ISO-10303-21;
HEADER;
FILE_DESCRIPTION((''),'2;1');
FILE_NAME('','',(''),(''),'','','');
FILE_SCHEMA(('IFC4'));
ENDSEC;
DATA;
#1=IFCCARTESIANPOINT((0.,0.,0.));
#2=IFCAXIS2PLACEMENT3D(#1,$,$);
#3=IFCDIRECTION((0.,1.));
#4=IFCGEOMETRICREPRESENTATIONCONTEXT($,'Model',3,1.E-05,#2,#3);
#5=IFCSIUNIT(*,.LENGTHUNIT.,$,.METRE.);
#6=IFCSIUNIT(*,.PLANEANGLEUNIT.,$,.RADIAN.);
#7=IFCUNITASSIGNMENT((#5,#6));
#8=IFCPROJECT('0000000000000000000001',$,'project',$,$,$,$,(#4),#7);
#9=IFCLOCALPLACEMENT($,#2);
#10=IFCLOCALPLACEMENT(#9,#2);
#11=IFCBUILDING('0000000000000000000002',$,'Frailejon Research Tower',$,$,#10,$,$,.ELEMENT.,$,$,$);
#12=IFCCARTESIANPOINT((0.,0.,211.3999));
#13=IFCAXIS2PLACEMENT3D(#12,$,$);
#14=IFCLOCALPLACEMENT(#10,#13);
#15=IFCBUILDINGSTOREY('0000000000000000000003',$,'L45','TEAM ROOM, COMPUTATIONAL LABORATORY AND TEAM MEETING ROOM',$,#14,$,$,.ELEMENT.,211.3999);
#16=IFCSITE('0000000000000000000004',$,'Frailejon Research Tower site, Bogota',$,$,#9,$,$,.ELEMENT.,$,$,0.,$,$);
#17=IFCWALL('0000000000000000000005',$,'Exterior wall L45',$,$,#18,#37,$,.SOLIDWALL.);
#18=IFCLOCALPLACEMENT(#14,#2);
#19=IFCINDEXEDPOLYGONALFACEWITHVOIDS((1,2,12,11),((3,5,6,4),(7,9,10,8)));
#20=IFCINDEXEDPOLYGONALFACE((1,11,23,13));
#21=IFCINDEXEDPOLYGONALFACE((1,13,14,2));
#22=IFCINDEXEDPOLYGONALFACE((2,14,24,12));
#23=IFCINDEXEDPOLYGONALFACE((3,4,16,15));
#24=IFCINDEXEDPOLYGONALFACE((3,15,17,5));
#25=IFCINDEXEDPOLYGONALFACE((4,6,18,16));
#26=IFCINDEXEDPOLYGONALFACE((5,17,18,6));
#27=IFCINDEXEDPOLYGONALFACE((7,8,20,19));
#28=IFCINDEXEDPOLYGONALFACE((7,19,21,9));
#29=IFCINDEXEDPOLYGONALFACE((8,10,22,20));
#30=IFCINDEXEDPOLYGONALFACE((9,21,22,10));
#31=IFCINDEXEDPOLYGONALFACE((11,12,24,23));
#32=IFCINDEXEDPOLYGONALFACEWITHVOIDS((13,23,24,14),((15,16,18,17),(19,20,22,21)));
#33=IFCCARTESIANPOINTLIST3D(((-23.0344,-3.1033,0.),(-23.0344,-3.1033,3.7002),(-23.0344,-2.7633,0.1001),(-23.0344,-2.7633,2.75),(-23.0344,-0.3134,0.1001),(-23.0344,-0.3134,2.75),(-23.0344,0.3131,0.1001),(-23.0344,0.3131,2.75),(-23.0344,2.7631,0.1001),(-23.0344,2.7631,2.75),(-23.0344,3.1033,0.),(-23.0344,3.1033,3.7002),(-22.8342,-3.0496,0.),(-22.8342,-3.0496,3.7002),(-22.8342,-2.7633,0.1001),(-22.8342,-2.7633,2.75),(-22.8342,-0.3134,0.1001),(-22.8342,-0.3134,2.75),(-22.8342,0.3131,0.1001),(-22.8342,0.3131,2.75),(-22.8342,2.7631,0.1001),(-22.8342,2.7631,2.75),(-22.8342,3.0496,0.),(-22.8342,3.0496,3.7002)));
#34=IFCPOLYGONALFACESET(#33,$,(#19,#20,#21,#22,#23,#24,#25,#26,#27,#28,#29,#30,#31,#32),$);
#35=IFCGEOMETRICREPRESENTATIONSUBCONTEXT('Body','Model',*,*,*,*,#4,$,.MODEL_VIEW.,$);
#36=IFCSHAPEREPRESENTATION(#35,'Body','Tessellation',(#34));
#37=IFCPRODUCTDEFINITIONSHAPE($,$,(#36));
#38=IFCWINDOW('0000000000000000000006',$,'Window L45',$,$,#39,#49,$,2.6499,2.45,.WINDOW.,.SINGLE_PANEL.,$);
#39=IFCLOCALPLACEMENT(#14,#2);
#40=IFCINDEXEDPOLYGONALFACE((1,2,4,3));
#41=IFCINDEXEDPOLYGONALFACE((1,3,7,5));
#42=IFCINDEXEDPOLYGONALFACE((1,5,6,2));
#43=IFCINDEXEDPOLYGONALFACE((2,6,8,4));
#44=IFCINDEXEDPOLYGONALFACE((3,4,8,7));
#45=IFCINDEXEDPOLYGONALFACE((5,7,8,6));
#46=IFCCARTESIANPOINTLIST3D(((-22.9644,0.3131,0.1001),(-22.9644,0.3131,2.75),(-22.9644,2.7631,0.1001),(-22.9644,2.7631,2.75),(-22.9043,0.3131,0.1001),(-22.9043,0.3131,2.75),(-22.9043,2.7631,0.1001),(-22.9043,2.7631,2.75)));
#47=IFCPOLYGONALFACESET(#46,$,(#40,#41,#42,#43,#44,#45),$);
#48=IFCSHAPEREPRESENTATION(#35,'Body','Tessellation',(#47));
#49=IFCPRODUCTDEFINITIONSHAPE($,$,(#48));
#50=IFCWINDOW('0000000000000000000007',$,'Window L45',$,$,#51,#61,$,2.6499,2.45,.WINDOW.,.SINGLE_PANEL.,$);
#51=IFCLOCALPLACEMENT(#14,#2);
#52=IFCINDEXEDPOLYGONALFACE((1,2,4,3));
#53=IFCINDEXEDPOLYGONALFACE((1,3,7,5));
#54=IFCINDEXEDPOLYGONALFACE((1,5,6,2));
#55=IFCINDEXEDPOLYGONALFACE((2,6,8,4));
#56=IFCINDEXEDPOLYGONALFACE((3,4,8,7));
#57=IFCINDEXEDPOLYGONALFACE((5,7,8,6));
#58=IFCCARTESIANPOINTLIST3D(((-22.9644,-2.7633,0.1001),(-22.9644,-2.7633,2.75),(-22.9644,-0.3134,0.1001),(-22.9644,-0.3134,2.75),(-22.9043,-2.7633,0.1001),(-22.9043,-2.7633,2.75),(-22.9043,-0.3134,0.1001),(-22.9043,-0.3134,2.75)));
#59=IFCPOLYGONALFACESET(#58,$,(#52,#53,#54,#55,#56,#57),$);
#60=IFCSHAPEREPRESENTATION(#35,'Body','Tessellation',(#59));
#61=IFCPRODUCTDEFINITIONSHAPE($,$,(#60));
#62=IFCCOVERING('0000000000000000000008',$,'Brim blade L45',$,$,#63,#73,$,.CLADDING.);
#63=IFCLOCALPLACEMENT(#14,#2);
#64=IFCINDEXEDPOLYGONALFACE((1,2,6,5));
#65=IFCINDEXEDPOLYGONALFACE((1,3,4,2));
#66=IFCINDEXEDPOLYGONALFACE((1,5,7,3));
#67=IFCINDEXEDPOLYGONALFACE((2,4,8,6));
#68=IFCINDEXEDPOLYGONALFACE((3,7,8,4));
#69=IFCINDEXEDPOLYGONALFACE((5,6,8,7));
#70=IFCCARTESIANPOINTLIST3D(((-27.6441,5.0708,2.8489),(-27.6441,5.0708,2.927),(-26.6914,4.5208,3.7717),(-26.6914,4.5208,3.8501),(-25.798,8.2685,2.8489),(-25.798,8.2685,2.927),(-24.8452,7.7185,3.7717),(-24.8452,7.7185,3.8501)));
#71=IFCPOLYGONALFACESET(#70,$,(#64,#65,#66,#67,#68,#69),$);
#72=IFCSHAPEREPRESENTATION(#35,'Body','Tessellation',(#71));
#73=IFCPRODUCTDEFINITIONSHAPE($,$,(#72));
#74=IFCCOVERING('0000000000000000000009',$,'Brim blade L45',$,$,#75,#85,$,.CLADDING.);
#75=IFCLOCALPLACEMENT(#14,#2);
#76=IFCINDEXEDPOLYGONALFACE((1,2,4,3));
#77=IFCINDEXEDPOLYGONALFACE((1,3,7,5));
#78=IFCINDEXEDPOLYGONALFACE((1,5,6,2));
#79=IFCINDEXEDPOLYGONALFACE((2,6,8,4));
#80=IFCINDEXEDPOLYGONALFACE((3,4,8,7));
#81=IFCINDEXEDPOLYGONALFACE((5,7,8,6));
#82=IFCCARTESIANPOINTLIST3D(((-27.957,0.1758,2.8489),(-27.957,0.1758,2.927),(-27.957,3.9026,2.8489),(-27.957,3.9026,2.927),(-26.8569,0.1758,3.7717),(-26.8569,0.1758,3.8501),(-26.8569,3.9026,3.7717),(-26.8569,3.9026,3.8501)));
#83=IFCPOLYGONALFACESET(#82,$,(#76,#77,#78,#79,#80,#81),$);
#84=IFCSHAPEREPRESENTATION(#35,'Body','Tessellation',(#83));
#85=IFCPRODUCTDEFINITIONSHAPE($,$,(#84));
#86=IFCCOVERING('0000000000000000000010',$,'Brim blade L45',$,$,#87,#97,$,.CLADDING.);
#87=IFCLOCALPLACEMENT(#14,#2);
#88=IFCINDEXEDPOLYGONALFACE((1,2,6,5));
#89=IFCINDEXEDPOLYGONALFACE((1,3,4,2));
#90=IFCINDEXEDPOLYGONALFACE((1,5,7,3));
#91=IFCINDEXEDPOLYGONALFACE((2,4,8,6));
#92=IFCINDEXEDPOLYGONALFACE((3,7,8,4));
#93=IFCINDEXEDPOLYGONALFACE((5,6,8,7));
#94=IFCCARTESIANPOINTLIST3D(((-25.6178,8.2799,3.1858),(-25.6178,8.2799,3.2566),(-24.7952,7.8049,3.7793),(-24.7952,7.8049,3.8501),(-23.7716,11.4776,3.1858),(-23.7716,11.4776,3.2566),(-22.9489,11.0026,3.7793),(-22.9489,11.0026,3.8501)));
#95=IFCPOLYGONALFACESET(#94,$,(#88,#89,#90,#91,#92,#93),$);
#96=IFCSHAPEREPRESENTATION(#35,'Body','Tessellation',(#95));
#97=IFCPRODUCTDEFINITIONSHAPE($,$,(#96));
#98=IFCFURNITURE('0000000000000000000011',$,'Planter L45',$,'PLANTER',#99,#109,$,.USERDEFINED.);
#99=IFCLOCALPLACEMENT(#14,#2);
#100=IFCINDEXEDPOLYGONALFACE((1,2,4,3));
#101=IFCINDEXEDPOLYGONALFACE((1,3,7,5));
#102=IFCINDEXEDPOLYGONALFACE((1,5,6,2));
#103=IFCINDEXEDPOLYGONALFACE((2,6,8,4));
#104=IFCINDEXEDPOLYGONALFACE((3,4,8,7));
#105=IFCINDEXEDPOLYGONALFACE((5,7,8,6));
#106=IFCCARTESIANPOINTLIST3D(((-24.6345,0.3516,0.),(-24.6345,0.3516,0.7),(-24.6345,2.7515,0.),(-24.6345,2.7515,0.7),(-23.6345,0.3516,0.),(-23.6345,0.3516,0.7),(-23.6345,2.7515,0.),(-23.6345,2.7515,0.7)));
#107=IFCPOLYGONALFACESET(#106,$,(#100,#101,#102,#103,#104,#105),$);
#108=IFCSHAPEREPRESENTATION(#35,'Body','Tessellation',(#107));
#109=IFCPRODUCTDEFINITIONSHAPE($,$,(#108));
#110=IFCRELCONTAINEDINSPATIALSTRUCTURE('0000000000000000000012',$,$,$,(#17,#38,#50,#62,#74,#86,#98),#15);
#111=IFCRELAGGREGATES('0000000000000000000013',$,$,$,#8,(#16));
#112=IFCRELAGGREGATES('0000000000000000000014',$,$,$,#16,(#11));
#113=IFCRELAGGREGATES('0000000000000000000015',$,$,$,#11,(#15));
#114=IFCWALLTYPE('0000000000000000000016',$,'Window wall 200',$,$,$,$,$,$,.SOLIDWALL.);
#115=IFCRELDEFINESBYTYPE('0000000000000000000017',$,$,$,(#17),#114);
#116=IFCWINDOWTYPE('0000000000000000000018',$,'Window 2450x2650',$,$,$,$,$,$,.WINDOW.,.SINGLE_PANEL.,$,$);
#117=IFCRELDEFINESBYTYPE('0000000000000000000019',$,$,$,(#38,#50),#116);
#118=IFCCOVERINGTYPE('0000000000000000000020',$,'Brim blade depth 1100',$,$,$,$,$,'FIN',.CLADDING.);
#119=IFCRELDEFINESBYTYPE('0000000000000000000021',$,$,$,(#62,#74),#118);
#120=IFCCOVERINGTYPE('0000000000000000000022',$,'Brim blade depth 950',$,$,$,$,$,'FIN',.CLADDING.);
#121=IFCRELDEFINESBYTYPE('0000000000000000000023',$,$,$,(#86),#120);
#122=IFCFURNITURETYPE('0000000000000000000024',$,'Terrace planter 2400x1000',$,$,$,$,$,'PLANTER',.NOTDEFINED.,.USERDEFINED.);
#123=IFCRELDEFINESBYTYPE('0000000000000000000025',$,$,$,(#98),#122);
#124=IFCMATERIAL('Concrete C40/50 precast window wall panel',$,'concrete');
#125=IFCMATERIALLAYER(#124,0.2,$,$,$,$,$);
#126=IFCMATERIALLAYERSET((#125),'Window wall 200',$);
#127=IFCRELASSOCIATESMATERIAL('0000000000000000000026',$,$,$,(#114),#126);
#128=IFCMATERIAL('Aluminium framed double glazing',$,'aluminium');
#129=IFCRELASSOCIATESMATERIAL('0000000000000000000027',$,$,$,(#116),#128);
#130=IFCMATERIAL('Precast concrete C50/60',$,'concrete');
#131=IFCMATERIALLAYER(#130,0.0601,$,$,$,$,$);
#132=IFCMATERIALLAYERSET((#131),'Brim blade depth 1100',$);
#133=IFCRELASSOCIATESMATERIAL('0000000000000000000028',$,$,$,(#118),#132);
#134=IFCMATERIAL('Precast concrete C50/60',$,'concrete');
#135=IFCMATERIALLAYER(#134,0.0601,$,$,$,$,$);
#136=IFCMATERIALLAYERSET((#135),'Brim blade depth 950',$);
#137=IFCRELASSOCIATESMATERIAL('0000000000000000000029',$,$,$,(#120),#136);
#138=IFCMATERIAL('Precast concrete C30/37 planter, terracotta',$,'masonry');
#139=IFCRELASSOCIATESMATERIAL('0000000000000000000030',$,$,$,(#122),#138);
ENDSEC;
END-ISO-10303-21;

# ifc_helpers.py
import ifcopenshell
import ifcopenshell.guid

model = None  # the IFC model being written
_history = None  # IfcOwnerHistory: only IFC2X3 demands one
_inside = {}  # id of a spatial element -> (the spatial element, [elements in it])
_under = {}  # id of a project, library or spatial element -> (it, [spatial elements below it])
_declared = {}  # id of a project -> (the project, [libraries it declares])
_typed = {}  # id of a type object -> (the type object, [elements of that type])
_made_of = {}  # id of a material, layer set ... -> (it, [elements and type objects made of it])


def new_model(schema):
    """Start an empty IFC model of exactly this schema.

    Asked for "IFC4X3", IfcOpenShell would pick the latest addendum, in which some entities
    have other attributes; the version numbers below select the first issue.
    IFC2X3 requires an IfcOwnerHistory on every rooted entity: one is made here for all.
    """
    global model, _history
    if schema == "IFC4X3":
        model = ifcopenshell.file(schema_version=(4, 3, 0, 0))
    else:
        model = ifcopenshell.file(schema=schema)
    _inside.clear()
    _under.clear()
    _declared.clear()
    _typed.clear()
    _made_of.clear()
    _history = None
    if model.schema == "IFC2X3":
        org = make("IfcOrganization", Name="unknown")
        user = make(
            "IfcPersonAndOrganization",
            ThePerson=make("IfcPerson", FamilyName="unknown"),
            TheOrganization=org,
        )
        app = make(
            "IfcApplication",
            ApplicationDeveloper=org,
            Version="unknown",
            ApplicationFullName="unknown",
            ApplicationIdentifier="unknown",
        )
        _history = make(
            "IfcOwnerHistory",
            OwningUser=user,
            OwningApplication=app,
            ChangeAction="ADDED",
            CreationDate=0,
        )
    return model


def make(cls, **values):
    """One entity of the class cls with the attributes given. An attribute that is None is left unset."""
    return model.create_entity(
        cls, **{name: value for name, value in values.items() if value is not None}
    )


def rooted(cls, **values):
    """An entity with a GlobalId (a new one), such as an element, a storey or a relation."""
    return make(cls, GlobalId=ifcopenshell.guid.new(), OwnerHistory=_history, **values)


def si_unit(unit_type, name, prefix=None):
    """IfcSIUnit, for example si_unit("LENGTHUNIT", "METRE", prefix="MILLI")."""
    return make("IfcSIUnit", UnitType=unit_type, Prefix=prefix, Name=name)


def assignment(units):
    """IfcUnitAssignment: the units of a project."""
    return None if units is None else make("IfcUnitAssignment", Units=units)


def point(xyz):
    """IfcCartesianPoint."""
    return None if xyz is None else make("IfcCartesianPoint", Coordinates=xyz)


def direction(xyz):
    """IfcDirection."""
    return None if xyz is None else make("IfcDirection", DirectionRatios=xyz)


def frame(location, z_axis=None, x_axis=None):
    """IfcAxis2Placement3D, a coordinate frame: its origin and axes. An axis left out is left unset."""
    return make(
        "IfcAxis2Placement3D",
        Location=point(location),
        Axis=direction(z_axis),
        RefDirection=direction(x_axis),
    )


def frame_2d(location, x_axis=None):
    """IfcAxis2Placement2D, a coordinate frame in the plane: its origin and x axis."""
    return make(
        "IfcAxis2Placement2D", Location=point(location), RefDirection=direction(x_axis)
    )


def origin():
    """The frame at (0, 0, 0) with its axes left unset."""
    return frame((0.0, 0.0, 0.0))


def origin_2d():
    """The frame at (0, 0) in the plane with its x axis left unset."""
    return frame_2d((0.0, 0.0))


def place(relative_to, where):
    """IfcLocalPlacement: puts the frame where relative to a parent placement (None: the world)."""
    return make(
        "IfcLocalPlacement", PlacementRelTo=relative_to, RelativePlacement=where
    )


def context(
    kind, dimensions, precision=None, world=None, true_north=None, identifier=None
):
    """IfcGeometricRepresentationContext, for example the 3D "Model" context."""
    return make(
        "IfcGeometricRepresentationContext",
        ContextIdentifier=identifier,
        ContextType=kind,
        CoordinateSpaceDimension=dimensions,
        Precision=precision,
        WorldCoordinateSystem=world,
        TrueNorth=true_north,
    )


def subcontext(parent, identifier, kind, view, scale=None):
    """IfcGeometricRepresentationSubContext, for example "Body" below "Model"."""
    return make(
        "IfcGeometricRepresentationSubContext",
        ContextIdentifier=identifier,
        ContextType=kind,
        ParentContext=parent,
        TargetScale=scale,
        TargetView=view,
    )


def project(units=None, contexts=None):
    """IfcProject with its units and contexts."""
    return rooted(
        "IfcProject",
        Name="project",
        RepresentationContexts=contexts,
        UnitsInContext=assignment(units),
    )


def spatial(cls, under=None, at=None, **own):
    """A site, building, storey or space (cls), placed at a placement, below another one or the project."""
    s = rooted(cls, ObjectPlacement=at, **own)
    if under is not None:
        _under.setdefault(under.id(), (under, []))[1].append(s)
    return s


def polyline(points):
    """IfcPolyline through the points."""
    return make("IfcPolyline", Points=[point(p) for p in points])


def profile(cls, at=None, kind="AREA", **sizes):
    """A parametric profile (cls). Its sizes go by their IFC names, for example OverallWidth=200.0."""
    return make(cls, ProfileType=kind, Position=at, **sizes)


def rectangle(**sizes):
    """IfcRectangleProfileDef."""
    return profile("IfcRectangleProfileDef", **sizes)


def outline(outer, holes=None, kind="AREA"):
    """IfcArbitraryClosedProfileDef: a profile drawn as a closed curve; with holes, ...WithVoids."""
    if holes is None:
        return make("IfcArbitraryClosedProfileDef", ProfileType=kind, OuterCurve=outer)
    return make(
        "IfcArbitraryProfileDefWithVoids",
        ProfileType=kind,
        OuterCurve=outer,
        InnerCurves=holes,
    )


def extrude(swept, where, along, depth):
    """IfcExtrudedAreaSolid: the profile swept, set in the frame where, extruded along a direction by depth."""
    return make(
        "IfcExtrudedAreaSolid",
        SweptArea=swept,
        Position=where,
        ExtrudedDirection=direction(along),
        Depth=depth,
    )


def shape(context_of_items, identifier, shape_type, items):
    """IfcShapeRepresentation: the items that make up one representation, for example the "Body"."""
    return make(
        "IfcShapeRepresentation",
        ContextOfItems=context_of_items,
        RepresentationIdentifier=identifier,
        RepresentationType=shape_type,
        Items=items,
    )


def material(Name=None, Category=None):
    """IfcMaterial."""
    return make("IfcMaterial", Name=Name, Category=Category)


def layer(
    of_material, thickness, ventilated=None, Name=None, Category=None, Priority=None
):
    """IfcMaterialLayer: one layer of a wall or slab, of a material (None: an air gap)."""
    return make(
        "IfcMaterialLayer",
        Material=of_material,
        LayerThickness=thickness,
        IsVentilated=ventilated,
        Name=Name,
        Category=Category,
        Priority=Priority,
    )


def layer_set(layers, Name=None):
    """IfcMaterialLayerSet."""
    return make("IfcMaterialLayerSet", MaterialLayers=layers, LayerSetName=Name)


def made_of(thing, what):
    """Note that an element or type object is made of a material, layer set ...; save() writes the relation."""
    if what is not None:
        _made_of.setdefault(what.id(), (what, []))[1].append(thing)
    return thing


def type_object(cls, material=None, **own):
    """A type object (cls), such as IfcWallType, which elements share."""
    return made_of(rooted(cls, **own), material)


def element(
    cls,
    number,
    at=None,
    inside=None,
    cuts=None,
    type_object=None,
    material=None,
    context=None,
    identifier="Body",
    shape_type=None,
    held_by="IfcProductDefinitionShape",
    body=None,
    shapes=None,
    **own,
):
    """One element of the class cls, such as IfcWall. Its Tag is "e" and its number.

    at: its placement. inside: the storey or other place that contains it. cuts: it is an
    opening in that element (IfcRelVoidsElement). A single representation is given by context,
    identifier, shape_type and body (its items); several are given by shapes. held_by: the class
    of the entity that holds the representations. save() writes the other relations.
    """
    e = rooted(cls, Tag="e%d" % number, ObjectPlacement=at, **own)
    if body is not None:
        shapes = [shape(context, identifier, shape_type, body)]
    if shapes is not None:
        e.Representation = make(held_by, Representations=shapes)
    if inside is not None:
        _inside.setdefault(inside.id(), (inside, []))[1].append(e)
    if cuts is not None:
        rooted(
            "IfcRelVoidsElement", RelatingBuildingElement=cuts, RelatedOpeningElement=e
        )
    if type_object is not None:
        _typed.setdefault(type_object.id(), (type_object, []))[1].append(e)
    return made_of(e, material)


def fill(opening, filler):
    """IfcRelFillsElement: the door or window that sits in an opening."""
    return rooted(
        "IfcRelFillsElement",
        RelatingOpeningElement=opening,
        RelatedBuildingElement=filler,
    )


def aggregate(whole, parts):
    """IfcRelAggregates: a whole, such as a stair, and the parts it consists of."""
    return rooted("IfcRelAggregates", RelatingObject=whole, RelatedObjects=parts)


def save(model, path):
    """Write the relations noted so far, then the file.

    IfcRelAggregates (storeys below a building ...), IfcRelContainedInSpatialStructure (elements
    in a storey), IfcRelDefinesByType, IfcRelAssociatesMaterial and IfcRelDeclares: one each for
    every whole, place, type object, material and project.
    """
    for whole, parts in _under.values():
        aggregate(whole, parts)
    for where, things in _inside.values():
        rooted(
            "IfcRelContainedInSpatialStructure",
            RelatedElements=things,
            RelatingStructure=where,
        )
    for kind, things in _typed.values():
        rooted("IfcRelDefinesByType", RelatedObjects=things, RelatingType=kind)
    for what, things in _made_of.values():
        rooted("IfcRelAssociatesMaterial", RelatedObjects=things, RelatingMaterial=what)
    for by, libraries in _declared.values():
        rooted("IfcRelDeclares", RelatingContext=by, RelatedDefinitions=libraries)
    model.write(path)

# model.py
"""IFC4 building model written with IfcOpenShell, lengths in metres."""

from ifc_helpers import new_model, si_unit, direction, frame, frame_2d, origin, origin_2d, place, context, subcontext, project, spatial, polyline, rectangle, outline, extrude, material, layer, layer_set, type_object, element, fill, save


model = new_model("IFC4")

# Units and contexts
model_context = context("Model", 3, precision=1e-05, world=origin(), true_north=direction((0.0, 1.0)))
body_context = subcontext(model_context, "Body", "Model", "MODEL_VIEW")
ifc_project = project(units=[si_unit("LENGTHUNIT", "METRE"), si_unit("PLANEANGLEUNIT", "RADIAN")], contexts=[model_context])

# Site, building, storey
site_placement = place(None, origin())
site = spatial("IfcSite", under=ifc_project, at=site_placement, Name="Frailejon Research Tower site, Bogota", CompositionType="ELEMENT", RefElevation=0.0)
building_placement = place(site_placement, origin())
building = spatial("IfcBuilding", under=site, at=building_placement, Name="Frailejon Research Tower", CompositionType="ELEMENT")
storey_placement = place(building_placement, frame((0.0, 0.0, 211.3999)))
storey = spatial("IfcBuildingStorey", under=building, at=storey_placement, Name="L45", Description="TEAM ROOM, COMPUTATIONAL LABORATORY AND TEAM MEETING ROOM", CompositionType="ELEMENT", Elevation=211.3999)

# Wall, openings, windows
ifc_material_1 = material(Name="Concrete C40/50 precast window wall panel", Category="concrete")
ifc_layer_1 = layer(ifc_material_1, 0.2)
ifc_layer_set_1 = layer_set([ifc_layer_1], Name="Window wall 200")
wall_type_1 = type_object("IfcWallType", Name="Window wall 200", PredefinedType="SOLIDWALL", material=ifc_layer_set_1)
wall_1_placement = place(storey_placement, frame((-22.9343, 3.0764, 0.0), z_axis=(0.0, 0.0, 1.0), x_axis=(0.0, -1.0, 0.0)))
wall_1 = element("IfcWall", 1, at=wall_1_placement, inside=storey, type_object=wall_type_1, Name="Exterior wall L45", PredefinedType="SOLIDWALL", context=body_context, shape_type="SweptSolid", body=[
    extrude(outline(polyline([(-0.0269, -0.1001), (1.0076, -0.1001), (2.042, -0.1001), (3.0764, -0.1001), (4.1108, -0.1001), (5.1453, -0.1001), (6.1797, -0.1001), (6.126, 0.1001), (5.1094, 0.1001), (4.093, 0.1001), (3.0764, 0.1001), (2.0598, 0.1001), (1.0435, 0.1001), (0.0269, 0.1001), (-0.0269, -0.1001)])), origin(), (0.0, 0.0, 1.0), 3.7002),
])
opening_1_placement = place(wall_1_placement, frame((0.3132, 0.0, 0.1001)))
opening_1 = element("IfcOpeningElement", 2, at=opening_1_placement, cuts=wall_1, PredefinedType="OPENING", context=body_context, shape_type="SweptSolid", body=[
    extrude(rectangle(XDim=2.45, YDim=2.6499, at=frame_2d((1.2251, 1.325))), frame((0.0, 0.1099, 0.0), z_axis=(0.0, -1.0, 0.0), x_axis=(1.0, 0.0, 0.0)), (0.0, 0.0, 1.0), 0.22),
])
opening_2_placement = place(wall_1_placement, frame((3.3896, 0.0, 0.1001)))
opening_2 = element("IfcOpeningElement", 3, at=opening_2_placement, cuts=wall_1, PredefinedType="OPENING", context=body_context, shape_type="SweptSolid", body=[
    extrude(rectangle(XDim=2.45, YDim=2.6499, at=frame_2d((1.2251, 1.325))), frame((0.0, 0.1099, 0.0), z_axis=(0.0, -1.0, 0.0), x_axis=(1.0, 0.0, 0.0)), (0.0, 0.0, 1.0), 0.22),
])
ifc_material_2 = material(Name="Aluminium framed double glazing", Category="aluminium")
window_type = type_object("IfcWindowType", Name="Window 2450x2650", PartitioningType="SINGLE_PANEL", PredefinedType="WINDOW", material=ifc_material_2)
window_1_placement = place(opening_1_placement, origin())
window_1 = element("IfcWindow", 4, at=window_1_placement, inside=storey, type_object=window_type, Name="Window L45", OverallHeight=2.6499, OverallWidth=2.45, PartitioningType="SINGLE_PANEL", PredefinedType="WINDOW", context=body_context, shape_type="SweptSolid", body=[
    extrude(rectangle(XDim=2.45, YDim=2.6499, at=frame_2d((1.2251, 1.325))), frame((0.0, 0.03, 0.0), z_axis=(0.0, -1.0, 0.0), x_axis=(1.0, 0.0, 0.0)), (0.0, 0.0, 1.0), 0.0601),
])
fill(opening_1, window_1)
window_2_placement = place(opening_2_placement, origin())
window_2 = element("IfcWindow", 5, at=window_2_placement, inside=storey, type_object=window_type, Name="Window L45", OverallHeight=2.6499, OverallWidth=2.45, PartitioningType="SINGLE_PANEL", PredefinedType="WINDOW", context=body_context, shape_type="SweptSolid", body=[
    extrude(rectangle(XDim=2.45, YDim=2.6499, at=frame_2d((1.2251, 1.325))), frame((0.0, 0.03, 0.0), z_axis=(0.0, -1.0, 0.0), x_axis=(1.0, 0.0, 0.0)), (0.0, 0.0, 1.0), 0.0601),
])
fill(opening_2, window_2)

# Coverings
ifc_material_3 = material(Name="Precast concrete C50/60", Category="concrete")
ifc_layer_2 = layer(ifc_material_3, 0.0601)
ifc_layer_set_2 = layer_set([ifc_layer_2], Name="Brim blade depth 1100")
covering_type_1 = type_object("IfcCoveringType", Name="Brim blade depth 1100", ElementType="FIN", PredefinedType="CLADDING", material=ifc_layer_set_2)
covering_1_placement = place(storey_placement, frame((-26.6914, 4.5208, 3.8501), z_axis=(0.499993, 0.866029, 0.0), x_axis=(-0.866029, 0.499993, 0.0)))
element("IfcCovering", 6, at=covering_1_placement, inside=storey, type_object=covering_type_1, Name="Brim blade L45", PredefinedType="CLADDING", context=body_context, shape_type="SweptSolid", body=[
    extrude(outline(polyline([(0.0, -0.0784), (1.1001, -1.0012), (1.1001, -0.9231), (0.0, 0.0), (0.0, -0.0784)])), origin(), (0.0, 0.0, 1.0), 3.6924),
])
covering_2_placement = place(storey_placement, frame((-26.8569, 0.1758, 3.8501), z_axis=(0.0, 1.0, 0.0), x_axis=(-1.0, 0.0, 0.0)))
element("IfcCovering", 7, at=covering_2_placement, inside=storey, type_object=covering_type_1, Name="Brim blade L45", PredefinedType="CLADDING", context=body_context, shape_type="SweptSolid", body=[
    extrude(outline(polyline([(0.0, -0.0784), (1.1001, -1.0012), (1.1001, -0.9231), (0.0, 0.0), (0.0, -0.0784)])), origin(), (0.0, 0.0, 1.0), 3.7268),
])
ifc_material_4 = material(Name="Precast concrete C50/60", Category="concrete")
ifc_layer_3 = layer(ifc_material_4, 0.0601)
ifc_layer_set_3 = layer_set([ifc_layer_3], Name="Brim blade depth 950")
covering_type_2 = type_object("IfcCoveringType", Name="Brim blade depth 950", ElementType="FIN", PredefinedType="CLADDING", material=ifc_layer_set_3)
covering_3_placement = place(storey_placement, frame((-24.7952, 7.8049, 3.8501), z_axis=(0.500013, 0.866018, 0.0), x_axis=(-0.866018, 0.500013, 0.0)))
element("IfcCovering", 8, at=covering_3_placement, inside=storey, type_object=covering_type_2, Name="Brim blade L45", PredefinedType="CLADDING", context=body_context, shape_type="SweptSolid", body=[
    extrude(outline(polyline([(0.0, -0.0708), (0.95, -0.6643), (0.95, -0.5935), (0.0, 0.0), (0.0, -0.0708)])), origin(), (0.0, 0.0, 1.0), 3.6924),
])

# Furniture
ifc_material_5 = material(Name="Precast concrete C30/37 planter, terracotta", Category="masonry")
furniture_type = type_object("IfcFurnitureType", Name="Terrace planter 2400x1000", ElementType="PLANTER", AssemblyPlace="NOTDEFINED", PredefinedType="USERDEFINED", material=ifc_material_5)
furniture_placement = place(storey_placement, frame((-24.1345, 1.5515, 0.0), z_axis=(0.0, 0.0, 1.0), x_axis=(0.0, -1.0, 0.0)))
element("IfcFurniture", 9, at=furniture_placement, inside=storey, type_object=furniture_type, Name="Planter L45", ObjectType="PLANTER", PredefinedType="USERDEFINED", context=body_context, shape_type="SweptSolid", body=[
    extrude(rectangle(XDim=2.3999, YDim=1.0, at=origin_2d()), origin(), (0.0, 0.0, 1.0), 0.7),
])

save(model, "model.ifc")
